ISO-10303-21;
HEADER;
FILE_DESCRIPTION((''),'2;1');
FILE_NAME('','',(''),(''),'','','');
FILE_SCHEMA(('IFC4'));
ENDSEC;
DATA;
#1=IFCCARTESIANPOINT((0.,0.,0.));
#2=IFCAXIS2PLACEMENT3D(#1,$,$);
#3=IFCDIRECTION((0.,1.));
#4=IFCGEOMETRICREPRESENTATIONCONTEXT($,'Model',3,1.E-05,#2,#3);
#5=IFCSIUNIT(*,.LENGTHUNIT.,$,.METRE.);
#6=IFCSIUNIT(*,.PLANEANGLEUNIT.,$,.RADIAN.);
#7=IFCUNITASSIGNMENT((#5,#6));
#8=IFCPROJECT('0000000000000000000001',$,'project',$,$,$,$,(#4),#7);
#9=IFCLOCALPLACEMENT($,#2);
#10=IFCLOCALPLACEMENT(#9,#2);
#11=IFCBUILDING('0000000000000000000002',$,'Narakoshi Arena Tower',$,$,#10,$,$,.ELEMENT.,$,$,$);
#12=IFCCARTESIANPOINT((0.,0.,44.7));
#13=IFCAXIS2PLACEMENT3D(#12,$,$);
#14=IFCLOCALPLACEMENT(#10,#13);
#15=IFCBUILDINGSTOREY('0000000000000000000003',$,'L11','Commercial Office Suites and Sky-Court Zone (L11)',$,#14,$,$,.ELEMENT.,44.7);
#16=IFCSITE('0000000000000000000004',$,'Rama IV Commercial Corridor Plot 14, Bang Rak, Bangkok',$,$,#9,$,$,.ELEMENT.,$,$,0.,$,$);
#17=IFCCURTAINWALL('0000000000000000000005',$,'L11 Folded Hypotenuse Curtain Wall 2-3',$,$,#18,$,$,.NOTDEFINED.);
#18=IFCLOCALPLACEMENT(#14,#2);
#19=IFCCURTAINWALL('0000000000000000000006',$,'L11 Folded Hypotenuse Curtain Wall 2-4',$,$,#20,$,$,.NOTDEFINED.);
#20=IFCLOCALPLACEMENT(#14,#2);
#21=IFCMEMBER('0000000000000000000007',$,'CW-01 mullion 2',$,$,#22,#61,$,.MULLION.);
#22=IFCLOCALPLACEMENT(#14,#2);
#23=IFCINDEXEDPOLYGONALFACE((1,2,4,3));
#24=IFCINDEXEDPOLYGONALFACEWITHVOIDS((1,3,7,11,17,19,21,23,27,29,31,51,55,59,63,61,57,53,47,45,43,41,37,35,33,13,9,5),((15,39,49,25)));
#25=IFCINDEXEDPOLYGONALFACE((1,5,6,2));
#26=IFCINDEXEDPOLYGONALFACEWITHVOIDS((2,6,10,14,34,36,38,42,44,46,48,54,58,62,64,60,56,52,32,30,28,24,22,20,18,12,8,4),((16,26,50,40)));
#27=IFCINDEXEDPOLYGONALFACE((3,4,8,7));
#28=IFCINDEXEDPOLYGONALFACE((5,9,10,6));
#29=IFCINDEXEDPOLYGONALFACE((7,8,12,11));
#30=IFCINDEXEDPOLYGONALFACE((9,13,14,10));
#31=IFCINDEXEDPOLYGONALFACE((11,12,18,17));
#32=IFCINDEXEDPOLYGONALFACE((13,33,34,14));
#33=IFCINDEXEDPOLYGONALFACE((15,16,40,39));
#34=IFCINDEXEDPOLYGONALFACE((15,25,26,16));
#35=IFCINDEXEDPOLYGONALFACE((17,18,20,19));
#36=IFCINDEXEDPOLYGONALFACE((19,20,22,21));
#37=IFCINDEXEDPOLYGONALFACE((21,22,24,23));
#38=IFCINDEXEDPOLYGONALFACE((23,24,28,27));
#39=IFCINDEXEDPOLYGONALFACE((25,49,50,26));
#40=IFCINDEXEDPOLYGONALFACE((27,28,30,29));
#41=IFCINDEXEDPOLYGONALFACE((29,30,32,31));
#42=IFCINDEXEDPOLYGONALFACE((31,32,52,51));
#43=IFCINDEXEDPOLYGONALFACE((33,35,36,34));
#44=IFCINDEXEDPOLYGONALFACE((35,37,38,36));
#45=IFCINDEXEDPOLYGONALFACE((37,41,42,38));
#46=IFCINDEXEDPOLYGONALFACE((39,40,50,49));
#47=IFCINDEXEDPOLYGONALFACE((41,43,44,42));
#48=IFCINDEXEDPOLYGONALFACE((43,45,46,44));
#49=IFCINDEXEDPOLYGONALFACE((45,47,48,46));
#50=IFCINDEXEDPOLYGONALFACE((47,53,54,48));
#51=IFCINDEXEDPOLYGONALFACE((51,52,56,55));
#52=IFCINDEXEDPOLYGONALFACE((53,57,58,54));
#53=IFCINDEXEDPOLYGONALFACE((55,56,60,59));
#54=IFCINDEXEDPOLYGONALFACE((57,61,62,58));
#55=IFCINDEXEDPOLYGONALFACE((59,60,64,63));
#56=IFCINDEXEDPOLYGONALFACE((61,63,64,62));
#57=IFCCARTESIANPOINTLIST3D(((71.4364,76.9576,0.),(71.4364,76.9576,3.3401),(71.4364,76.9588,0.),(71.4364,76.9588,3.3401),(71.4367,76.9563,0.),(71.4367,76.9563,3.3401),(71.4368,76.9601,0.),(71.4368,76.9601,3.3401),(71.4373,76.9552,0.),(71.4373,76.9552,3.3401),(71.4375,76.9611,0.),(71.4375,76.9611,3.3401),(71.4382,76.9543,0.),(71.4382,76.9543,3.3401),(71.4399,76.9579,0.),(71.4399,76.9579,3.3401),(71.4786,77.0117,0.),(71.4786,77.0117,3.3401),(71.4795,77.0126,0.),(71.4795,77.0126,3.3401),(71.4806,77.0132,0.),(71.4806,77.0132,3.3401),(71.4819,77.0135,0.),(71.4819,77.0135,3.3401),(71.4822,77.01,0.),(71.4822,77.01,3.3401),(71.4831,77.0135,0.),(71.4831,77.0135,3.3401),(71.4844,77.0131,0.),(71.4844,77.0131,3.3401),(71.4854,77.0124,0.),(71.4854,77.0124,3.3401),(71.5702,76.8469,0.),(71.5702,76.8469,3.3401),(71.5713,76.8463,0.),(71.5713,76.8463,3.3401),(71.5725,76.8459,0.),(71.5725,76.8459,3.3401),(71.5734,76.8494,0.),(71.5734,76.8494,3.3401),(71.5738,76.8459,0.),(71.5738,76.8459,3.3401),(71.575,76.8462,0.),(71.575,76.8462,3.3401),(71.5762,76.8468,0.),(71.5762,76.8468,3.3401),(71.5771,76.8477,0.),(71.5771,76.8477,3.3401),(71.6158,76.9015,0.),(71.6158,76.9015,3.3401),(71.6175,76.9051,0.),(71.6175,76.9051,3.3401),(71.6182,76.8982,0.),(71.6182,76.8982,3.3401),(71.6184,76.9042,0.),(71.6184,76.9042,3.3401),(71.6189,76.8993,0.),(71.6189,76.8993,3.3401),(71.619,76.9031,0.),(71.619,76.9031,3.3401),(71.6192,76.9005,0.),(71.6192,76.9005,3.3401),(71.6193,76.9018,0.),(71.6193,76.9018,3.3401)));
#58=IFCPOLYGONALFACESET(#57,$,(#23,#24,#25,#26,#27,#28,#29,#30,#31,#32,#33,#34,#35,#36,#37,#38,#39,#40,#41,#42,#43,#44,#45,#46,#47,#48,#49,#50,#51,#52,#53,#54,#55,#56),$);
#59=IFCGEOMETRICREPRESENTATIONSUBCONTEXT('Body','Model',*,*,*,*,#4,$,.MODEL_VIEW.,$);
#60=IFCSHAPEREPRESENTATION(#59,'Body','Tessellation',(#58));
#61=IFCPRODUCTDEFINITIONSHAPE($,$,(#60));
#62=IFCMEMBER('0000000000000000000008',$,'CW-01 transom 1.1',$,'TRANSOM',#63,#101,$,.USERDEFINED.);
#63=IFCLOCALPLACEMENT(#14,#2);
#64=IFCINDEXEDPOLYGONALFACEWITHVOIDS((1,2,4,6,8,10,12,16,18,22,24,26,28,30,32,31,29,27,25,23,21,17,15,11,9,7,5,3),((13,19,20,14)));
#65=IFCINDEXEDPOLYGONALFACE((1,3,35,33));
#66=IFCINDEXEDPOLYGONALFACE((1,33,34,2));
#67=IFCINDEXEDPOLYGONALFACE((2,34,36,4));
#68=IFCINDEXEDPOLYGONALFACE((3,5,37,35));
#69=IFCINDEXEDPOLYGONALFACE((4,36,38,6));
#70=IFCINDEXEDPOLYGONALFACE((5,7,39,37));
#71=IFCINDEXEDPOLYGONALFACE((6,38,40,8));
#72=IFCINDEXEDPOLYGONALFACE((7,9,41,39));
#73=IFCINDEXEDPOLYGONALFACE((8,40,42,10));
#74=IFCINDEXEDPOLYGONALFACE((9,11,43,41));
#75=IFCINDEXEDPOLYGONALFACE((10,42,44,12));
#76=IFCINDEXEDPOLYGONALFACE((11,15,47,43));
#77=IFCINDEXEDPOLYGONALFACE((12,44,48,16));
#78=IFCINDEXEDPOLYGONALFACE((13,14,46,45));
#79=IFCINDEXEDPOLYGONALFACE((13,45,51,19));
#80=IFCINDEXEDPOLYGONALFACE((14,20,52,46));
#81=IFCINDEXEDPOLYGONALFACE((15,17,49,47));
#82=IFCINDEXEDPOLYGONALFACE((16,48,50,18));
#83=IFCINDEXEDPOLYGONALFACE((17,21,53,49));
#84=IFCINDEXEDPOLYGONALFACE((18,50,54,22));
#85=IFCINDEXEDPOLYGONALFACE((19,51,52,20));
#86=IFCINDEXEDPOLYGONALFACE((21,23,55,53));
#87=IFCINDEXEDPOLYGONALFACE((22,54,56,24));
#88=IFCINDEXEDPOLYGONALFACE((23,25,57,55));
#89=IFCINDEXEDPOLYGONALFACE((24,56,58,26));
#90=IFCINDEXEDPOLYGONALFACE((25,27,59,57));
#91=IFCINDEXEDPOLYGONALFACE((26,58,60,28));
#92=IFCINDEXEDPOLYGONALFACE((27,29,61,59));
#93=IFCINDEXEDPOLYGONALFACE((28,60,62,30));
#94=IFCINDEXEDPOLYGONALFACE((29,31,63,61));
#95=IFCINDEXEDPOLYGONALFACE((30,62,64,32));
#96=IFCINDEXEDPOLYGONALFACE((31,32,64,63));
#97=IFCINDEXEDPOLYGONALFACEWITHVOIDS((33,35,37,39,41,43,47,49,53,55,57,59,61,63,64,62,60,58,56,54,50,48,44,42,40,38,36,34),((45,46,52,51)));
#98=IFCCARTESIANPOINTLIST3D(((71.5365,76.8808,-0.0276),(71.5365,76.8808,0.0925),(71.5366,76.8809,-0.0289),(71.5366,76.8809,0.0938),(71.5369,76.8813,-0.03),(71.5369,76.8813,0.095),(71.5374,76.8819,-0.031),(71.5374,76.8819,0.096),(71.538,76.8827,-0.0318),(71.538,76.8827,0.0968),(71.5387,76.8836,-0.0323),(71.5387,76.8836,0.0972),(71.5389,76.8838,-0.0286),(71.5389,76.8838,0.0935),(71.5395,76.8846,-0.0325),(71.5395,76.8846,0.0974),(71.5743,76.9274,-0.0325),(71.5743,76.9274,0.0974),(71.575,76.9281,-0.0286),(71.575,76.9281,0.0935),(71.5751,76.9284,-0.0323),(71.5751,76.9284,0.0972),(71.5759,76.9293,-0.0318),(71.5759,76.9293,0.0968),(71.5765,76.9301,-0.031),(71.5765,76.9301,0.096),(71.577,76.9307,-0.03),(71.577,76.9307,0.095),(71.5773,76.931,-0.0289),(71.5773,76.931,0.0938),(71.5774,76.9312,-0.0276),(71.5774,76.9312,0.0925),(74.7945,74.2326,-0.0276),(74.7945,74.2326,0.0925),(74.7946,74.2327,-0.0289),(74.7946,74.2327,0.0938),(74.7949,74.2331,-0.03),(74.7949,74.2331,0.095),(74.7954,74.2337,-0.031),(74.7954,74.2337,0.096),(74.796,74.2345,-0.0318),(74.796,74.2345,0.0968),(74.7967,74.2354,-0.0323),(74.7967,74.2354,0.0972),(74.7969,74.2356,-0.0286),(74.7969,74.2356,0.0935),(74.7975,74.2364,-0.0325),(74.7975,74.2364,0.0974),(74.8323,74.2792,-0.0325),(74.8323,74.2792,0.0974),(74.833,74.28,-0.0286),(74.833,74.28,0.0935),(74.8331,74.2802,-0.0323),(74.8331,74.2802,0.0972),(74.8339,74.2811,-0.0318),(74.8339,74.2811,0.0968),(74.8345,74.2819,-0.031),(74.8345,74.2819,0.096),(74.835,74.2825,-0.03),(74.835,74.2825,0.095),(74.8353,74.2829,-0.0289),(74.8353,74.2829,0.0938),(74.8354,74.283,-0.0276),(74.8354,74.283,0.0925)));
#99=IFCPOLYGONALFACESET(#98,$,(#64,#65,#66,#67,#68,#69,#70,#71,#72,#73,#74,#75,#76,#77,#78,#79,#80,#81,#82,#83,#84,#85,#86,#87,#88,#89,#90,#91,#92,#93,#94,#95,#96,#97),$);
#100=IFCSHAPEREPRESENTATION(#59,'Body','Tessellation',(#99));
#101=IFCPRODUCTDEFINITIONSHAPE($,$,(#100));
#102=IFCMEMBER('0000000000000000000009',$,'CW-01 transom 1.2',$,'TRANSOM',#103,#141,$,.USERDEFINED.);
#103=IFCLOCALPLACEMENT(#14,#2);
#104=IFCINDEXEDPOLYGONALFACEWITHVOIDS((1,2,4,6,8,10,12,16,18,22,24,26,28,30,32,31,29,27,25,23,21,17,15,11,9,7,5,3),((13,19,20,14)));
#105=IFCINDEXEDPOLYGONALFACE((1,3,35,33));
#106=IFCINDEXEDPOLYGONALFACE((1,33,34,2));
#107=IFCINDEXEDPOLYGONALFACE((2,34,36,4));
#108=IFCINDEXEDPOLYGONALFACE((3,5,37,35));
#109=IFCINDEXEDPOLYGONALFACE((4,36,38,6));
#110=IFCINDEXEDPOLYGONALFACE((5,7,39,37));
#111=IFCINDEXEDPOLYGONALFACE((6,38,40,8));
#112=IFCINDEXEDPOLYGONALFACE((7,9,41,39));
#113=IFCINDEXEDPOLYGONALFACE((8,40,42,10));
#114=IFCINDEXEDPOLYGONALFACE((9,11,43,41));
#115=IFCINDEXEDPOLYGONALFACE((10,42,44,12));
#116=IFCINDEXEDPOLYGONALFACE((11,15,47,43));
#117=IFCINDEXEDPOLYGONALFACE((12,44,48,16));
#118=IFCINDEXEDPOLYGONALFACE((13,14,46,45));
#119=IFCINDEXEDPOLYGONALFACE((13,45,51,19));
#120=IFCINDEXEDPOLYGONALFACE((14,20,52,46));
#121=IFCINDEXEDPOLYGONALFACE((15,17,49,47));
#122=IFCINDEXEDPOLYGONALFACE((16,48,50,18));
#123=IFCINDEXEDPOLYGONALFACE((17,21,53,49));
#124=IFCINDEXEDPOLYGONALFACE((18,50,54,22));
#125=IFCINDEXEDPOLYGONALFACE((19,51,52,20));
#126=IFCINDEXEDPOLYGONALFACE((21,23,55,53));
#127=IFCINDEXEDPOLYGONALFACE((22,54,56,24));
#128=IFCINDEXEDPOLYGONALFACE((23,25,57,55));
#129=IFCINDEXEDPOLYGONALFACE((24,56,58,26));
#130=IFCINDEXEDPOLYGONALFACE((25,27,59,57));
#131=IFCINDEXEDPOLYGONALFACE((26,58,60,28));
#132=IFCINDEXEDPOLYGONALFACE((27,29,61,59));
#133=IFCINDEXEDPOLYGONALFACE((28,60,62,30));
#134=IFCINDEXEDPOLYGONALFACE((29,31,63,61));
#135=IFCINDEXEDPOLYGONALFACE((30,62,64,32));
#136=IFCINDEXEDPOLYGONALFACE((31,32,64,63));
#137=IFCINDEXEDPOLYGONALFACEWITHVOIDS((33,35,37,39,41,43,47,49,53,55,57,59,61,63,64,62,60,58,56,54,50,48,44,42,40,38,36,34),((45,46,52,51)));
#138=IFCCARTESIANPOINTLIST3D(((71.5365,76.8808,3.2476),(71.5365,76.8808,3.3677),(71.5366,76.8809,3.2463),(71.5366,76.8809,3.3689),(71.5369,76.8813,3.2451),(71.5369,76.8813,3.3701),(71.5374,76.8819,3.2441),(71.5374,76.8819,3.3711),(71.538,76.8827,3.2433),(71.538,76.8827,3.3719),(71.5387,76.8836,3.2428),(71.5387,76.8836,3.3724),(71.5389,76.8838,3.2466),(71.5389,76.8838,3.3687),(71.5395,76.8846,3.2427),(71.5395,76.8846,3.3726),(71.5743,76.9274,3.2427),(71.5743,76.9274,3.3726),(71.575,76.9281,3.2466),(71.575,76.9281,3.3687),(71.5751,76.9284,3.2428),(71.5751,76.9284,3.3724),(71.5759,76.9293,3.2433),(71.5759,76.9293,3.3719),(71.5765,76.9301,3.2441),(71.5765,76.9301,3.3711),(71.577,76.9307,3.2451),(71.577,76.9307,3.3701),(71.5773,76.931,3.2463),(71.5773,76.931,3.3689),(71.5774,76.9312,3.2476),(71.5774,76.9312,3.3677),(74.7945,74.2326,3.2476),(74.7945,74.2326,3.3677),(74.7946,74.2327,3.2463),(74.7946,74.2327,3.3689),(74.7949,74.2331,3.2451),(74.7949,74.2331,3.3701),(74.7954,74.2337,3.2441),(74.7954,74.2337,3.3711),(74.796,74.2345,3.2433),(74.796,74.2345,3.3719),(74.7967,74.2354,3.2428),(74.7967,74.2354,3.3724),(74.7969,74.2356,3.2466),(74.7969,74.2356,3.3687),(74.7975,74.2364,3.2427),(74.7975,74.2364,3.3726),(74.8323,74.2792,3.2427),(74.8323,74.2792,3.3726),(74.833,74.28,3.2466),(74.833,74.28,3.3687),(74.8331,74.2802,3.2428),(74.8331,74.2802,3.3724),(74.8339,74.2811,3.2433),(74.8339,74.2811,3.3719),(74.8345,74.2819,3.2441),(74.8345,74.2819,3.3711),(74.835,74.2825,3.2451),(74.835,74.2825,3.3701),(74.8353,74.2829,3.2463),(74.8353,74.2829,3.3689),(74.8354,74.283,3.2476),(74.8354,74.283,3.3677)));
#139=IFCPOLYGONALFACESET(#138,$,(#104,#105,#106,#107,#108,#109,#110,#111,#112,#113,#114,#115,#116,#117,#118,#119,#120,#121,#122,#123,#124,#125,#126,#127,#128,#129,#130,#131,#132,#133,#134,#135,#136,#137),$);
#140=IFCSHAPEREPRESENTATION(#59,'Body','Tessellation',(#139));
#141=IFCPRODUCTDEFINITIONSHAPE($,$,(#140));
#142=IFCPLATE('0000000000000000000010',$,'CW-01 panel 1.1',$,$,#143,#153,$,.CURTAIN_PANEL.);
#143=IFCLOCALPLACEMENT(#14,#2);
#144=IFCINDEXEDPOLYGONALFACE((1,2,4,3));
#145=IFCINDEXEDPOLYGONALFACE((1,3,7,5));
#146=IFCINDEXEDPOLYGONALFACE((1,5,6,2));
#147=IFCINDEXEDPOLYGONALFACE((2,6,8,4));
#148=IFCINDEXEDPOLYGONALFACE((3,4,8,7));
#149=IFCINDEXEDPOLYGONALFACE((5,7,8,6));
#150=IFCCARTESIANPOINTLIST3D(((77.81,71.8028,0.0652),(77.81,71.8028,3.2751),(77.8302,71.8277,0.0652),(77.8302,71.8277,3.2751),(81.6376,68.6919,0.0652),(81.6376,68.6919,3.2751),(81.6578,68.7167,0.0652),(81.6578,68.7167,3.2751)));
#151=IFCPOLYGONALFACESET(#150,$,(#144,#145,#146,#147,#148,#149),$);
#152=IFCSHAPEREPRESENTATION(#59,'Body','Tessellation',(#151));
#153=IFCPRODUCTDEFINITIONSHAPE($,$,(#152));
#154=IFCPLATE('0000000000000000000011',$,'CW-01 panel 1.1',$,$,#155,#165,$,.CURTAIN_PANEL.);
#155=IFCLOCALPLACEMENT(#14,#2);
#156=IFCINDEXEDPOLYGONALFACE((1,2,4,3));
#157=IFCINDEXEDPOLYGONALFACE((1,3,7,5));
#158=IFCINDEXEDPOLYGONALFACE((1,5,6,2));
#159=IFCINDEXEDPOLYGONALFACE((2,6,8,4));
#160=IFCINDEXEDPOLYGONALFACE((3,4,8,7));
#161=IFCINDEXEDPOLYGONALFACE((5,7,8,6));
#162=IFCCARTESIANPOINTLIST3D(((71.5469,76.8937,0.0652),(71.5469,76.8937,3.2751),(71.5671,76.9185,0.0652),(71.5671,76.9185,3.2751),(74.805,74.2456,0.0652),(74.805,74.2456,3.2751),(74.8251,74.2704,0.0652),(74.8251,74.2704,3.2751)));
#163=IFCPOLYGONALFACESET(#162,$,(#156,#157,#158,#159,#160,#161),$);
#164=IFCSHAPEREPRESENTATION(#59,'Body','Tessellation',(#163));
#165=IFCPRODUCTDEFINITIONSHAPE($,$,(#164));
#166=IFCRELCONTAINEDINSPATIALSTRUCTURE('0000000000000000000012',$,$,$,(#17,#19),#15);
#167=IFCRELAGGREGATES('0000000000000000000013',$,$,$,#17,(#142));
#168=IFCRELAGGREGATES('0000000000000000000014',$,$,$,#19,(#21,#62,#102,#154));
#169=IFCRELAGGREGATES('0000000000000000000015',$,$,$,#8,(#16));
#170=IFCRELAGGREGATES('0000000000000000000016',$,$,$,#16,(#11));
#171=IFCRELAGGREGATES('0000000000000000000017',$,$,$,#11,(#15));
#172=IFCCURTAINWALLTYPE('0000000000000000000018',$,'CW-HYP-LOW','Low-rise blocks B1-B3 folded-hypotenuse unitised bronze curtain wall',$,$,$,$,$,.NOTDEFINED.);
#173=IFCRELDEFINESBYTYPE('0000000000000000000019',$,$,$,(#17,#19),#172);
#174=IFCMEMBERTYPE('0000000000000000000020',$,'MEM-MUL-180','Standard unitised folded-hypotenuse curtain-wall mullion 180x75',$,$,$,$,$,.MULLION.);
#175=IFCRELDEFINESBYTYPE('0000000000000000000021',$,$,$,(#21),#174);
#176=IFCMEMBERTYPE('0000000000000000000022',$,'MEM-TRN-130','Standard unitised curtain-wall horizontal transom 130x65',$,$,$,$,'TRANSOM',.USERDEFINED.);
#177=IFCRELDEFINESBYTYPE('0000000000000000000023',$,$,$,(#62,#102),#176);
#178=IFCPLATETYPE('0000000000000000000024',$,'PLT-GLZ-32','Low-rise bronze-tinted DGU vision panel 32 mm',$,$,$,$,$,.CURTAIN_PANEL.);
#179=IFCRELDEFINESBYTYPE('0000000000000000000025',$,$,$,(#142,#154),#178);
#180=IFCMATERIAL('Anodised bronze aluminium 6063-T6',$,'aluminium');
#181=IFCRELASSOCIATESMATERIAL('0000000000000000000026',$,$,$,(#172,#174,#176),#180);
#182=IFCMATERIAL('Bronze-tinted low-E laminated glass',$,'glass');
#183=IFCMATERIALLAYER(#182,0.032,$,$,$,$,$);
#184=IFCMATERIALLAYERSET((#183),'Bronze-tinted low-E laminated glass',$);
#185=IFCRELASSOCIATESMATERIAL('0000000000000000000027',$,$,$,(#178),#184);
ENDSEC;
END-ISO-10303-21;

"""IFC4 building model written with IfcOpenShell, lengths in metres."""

from ifc_helpers import new_model, si_unit, direction, frame, origin, origin_2d, place, context, subcontext, project, spatial, rectangle, hollow_rectangle, extrude, material, layer, layer_set, material_profile, profile_set, type_object, element, aggregate, save


model = new_model("IFC4")

# Units and contexts
model_context = context("Model", 3, precision=1e-05, world=origin(), true_north=direction((0.0, 1.0)))
body_context = subcontext(model_context, "Body", "Model", "MODEL_VIEW")
ifc_project = project(units=[si_unit("LENGTHUNIT", "METRE"), si_unit("PLANEANGLEUNIT", "RADIAN")], contexts=[model_context])

# Site, building, storey
site_placement = place(None, origin())
site = spatial("IfcSite", under=ifc_project, at=site_placement, Name="Rama IV Commercial Corridor Plot 14, Bang Rak, Bangkok", CompositionType="ELEMENT", RefElevation=0.0)
building_placement = place(site_placement, origin())
building = spatial("IfcBuilding", under=site, at=building_placement, Name="Narakoshi Arena Tower", CompositionType="ELEMENT")
storey_placement = place(building_placement, frame((0.0, 0.0, 44.7)))
storey = spatial("IfcBuildingStorey", under=building, at=storey_placement, Name="L11", Description="Commercial Office Suites and Sky-Court Zone (L11)", CompositionType="ELEMENT", Elevation=44.7)

# Curtain wall
ifc_material_1 = material(Name="Anodised bronze aluminium 6063-T6", Category="aluminium")
curtain_wall_type = type_object("IfcCurtainWallType", Name="CW-HYP-LOW", Description="Low-rise blocks B1-B3 folded-hypotenuse unitised bronze curtain wall", PredefinedType="NOTDEFINED", material=ifc_material_1)
curtain_wall_1_placement = place(storey_placement, origin())
curtain_wall_1 = element("IfcCurtainWall", 1, at=curtain_wall_1_placement, inside=storey, type_object=curtain_wall_type, Name="L11 Folded Hypotenuse Curtain Wall 2-3", PredefinedType="NOTDEFINED")
ifc_material_profile_1 = material_profile(ifc_material_1, hollow_rectangle(XDim=0.075, YDim=0.1799, WallThickness=0.0039, OuterFilletRadius=0.0049, at=origin_2d()), Name="MUL180x75x4")
ifc_profile_set_1 = profile_set([ifc_material_profile_1], Name="Anodised bronze aluminium 6063-T6")
member_type_1 = type_object("IfcMemberType", Name="MEM-MUL-180", Description="Standard unitised folded-hypotenuse curtain-wall mullion 180x75", PredefinedType="MULLION", material=ifc_profile_set_1)

# Curtain wall, members
curtain_wall_2_placement = place(storey_placement, origin())
curtain_wall_2 = element("IfcCurtainWall", 2, at=curtain_wall_2_placement, inside=storey, type_object=curtain_wall_type, Name="L11 Folded Hypotenuse Curtain Wall 2-4", PredefinedType="NOTDEFINED")
member_1_placement = place(storey_placement, frame((71.5278, 76.9297, 0.0), z_axis=(0.0, 0.0, 1.0), x_axis=(-0.630734, -0.775999, 0.0)))
member_1 = element("IfcMember", 3, at=member_1_placement, type_object=member_type_1, Name="CW-01 mullion 2", PredefinedType="MULLION", context=body_context, shape_type="SweptSolid", body=[
    extrude(hollow_rectangle(XDim=0.075, YDim=0.1799, WallThickness=0.0039, OuterFilletRadius=0.0049, at=origin_2d()), origin(), (0.0, 0.0, 1.0), 3.3401),
])
ifc_material_profile_2 = material_profile(ifc_material_1, hollow_rectangle(XDim=0.0649, YDim=0.1299, WallThickness=0.0039, OuterFilletRadius=0.0049, at=origin_2d()), Name="TRN130x65x4")
ifc_profile_set_2 = profile_set([ifc_material_profile_2], Name="Anodised bronze aluminium 6063-T6")
member_type_2 = type_object("IfcMemberType", Name="MEM-TRN-130", Description="Standard unitised curtain-wall horizontal transom 130x65", ElementType="TRANSOM", PredefinedType="USERDEFINED", material=ifc_profile_set_2)
member_2_placement = place(storey_placement, frame((74.8149, 74.2578, 0.0325), z_axis=(-0.775995, 0.630739, 0.0), x_axis=(-0.630739, -0.775995, 0.0)))
member_2 = element("IfcMember", 4, at=member_2_placement, type_object=member_type_2, Name="CW-01 transom 1.1", ObjectType="TRANSOM", PredefinedType="USERDEFINED", context=body_context, shape_type="SweptSolid", body=[
    extrude(hollow_rectangle(XDim=0.0649, YDim=0.1299, WallThickness=0.0039, OuterFilletRadius=0.0049, at=origin_2d()), origin(), (0.0, 0.0, 1.0), 4.1985),
])
member_3_placement = place(storey_placement, frame((74.8149, 74.2578, 3.3076), z_axis=(-0.775995, 0.630739, 0.0), x_axis=(-0.630739, -0.775995, 0.0)))
member_3 = element("IfcMember", 5, at=member_3_placement, type_object=member_type_2, Name="CW-01 transom 1.2", ObjectType="TRANSOM", PredefinedType="USERDEFINED", context=body_context, shape_type="SweptSolid", body=[
    extrude(hollow_rectangle(XDim=0.0649, YDim=0.1299, WallThickness=0.0039, OuterFilletRadius=0.0049, at=origin_2d()), origin(), (0.0, 0.0, 1.0), 4.1985),
])

# Plates
ifc_material_2 = material(Name="Bronze-tinted low-E laminated glass", Category="glass")
ifc_layer_1 = layer(ifc_material_2, 0.032)
ifc_layer_set_1 = layer_set([ifc_layer_1], Name="Bronze-tinted low-E laminated glass")
plate_type = type_object("IfcPlateType", Name="PLT-GLZ-32", Description="Low-rise bronze-tinted DGU vision panel 32 mm", PredefinedType="CURTAIN_PANEL", material=ifc_layer_set_1)
plate_1_placement = place(storey_placement, frame((79.7339, 70.2598, 0.0652), z_axis=(0.0, 0.0, 1.0), x_axis=(-0.776008, 0.630723, 0.0)))
plate_1 = element("IfcPlate", 6, at=plate_1_placement, type_object=plate_type, Name="CW-01 panel 1.1", PredefinedType="CURTAIN_PANEL", context=body_context, shape_type="SweptSolid", body=[
    extrude(rectangle(XDim=4.9324, YDim=0.032, at=origin_2d()), origin(), (0.0, 0.0, 1.0), 3.21),
])
aggregate(curtain_wall_1, [plate_1])
plate_2_placement = place(storey_placement, frame((73.186, 75.582, 0.0652), z_axis=(0.0, 0.0, 1.0), x_axis=(-0.775999, 0.630734, 0.0)))
plate_2 = element("IfcPlate", 7, at=plate_2_placement, type_object=plate_type, Name="CW-01 panel 1.1", PredefinedType="CURTAIN_PANEL", context=body_context, shape_type="SweptSolid", body=[
    extrude(rectangle(XDim=4.1985, YDim=0.032, at=origin_2d()), origin(), (0.0, 0.0, 1.0), 3.21),
])
aggregate(curtain_wall_2, [member_1, member_2, member_3, plate_2])

save(model, "model.ifc")
